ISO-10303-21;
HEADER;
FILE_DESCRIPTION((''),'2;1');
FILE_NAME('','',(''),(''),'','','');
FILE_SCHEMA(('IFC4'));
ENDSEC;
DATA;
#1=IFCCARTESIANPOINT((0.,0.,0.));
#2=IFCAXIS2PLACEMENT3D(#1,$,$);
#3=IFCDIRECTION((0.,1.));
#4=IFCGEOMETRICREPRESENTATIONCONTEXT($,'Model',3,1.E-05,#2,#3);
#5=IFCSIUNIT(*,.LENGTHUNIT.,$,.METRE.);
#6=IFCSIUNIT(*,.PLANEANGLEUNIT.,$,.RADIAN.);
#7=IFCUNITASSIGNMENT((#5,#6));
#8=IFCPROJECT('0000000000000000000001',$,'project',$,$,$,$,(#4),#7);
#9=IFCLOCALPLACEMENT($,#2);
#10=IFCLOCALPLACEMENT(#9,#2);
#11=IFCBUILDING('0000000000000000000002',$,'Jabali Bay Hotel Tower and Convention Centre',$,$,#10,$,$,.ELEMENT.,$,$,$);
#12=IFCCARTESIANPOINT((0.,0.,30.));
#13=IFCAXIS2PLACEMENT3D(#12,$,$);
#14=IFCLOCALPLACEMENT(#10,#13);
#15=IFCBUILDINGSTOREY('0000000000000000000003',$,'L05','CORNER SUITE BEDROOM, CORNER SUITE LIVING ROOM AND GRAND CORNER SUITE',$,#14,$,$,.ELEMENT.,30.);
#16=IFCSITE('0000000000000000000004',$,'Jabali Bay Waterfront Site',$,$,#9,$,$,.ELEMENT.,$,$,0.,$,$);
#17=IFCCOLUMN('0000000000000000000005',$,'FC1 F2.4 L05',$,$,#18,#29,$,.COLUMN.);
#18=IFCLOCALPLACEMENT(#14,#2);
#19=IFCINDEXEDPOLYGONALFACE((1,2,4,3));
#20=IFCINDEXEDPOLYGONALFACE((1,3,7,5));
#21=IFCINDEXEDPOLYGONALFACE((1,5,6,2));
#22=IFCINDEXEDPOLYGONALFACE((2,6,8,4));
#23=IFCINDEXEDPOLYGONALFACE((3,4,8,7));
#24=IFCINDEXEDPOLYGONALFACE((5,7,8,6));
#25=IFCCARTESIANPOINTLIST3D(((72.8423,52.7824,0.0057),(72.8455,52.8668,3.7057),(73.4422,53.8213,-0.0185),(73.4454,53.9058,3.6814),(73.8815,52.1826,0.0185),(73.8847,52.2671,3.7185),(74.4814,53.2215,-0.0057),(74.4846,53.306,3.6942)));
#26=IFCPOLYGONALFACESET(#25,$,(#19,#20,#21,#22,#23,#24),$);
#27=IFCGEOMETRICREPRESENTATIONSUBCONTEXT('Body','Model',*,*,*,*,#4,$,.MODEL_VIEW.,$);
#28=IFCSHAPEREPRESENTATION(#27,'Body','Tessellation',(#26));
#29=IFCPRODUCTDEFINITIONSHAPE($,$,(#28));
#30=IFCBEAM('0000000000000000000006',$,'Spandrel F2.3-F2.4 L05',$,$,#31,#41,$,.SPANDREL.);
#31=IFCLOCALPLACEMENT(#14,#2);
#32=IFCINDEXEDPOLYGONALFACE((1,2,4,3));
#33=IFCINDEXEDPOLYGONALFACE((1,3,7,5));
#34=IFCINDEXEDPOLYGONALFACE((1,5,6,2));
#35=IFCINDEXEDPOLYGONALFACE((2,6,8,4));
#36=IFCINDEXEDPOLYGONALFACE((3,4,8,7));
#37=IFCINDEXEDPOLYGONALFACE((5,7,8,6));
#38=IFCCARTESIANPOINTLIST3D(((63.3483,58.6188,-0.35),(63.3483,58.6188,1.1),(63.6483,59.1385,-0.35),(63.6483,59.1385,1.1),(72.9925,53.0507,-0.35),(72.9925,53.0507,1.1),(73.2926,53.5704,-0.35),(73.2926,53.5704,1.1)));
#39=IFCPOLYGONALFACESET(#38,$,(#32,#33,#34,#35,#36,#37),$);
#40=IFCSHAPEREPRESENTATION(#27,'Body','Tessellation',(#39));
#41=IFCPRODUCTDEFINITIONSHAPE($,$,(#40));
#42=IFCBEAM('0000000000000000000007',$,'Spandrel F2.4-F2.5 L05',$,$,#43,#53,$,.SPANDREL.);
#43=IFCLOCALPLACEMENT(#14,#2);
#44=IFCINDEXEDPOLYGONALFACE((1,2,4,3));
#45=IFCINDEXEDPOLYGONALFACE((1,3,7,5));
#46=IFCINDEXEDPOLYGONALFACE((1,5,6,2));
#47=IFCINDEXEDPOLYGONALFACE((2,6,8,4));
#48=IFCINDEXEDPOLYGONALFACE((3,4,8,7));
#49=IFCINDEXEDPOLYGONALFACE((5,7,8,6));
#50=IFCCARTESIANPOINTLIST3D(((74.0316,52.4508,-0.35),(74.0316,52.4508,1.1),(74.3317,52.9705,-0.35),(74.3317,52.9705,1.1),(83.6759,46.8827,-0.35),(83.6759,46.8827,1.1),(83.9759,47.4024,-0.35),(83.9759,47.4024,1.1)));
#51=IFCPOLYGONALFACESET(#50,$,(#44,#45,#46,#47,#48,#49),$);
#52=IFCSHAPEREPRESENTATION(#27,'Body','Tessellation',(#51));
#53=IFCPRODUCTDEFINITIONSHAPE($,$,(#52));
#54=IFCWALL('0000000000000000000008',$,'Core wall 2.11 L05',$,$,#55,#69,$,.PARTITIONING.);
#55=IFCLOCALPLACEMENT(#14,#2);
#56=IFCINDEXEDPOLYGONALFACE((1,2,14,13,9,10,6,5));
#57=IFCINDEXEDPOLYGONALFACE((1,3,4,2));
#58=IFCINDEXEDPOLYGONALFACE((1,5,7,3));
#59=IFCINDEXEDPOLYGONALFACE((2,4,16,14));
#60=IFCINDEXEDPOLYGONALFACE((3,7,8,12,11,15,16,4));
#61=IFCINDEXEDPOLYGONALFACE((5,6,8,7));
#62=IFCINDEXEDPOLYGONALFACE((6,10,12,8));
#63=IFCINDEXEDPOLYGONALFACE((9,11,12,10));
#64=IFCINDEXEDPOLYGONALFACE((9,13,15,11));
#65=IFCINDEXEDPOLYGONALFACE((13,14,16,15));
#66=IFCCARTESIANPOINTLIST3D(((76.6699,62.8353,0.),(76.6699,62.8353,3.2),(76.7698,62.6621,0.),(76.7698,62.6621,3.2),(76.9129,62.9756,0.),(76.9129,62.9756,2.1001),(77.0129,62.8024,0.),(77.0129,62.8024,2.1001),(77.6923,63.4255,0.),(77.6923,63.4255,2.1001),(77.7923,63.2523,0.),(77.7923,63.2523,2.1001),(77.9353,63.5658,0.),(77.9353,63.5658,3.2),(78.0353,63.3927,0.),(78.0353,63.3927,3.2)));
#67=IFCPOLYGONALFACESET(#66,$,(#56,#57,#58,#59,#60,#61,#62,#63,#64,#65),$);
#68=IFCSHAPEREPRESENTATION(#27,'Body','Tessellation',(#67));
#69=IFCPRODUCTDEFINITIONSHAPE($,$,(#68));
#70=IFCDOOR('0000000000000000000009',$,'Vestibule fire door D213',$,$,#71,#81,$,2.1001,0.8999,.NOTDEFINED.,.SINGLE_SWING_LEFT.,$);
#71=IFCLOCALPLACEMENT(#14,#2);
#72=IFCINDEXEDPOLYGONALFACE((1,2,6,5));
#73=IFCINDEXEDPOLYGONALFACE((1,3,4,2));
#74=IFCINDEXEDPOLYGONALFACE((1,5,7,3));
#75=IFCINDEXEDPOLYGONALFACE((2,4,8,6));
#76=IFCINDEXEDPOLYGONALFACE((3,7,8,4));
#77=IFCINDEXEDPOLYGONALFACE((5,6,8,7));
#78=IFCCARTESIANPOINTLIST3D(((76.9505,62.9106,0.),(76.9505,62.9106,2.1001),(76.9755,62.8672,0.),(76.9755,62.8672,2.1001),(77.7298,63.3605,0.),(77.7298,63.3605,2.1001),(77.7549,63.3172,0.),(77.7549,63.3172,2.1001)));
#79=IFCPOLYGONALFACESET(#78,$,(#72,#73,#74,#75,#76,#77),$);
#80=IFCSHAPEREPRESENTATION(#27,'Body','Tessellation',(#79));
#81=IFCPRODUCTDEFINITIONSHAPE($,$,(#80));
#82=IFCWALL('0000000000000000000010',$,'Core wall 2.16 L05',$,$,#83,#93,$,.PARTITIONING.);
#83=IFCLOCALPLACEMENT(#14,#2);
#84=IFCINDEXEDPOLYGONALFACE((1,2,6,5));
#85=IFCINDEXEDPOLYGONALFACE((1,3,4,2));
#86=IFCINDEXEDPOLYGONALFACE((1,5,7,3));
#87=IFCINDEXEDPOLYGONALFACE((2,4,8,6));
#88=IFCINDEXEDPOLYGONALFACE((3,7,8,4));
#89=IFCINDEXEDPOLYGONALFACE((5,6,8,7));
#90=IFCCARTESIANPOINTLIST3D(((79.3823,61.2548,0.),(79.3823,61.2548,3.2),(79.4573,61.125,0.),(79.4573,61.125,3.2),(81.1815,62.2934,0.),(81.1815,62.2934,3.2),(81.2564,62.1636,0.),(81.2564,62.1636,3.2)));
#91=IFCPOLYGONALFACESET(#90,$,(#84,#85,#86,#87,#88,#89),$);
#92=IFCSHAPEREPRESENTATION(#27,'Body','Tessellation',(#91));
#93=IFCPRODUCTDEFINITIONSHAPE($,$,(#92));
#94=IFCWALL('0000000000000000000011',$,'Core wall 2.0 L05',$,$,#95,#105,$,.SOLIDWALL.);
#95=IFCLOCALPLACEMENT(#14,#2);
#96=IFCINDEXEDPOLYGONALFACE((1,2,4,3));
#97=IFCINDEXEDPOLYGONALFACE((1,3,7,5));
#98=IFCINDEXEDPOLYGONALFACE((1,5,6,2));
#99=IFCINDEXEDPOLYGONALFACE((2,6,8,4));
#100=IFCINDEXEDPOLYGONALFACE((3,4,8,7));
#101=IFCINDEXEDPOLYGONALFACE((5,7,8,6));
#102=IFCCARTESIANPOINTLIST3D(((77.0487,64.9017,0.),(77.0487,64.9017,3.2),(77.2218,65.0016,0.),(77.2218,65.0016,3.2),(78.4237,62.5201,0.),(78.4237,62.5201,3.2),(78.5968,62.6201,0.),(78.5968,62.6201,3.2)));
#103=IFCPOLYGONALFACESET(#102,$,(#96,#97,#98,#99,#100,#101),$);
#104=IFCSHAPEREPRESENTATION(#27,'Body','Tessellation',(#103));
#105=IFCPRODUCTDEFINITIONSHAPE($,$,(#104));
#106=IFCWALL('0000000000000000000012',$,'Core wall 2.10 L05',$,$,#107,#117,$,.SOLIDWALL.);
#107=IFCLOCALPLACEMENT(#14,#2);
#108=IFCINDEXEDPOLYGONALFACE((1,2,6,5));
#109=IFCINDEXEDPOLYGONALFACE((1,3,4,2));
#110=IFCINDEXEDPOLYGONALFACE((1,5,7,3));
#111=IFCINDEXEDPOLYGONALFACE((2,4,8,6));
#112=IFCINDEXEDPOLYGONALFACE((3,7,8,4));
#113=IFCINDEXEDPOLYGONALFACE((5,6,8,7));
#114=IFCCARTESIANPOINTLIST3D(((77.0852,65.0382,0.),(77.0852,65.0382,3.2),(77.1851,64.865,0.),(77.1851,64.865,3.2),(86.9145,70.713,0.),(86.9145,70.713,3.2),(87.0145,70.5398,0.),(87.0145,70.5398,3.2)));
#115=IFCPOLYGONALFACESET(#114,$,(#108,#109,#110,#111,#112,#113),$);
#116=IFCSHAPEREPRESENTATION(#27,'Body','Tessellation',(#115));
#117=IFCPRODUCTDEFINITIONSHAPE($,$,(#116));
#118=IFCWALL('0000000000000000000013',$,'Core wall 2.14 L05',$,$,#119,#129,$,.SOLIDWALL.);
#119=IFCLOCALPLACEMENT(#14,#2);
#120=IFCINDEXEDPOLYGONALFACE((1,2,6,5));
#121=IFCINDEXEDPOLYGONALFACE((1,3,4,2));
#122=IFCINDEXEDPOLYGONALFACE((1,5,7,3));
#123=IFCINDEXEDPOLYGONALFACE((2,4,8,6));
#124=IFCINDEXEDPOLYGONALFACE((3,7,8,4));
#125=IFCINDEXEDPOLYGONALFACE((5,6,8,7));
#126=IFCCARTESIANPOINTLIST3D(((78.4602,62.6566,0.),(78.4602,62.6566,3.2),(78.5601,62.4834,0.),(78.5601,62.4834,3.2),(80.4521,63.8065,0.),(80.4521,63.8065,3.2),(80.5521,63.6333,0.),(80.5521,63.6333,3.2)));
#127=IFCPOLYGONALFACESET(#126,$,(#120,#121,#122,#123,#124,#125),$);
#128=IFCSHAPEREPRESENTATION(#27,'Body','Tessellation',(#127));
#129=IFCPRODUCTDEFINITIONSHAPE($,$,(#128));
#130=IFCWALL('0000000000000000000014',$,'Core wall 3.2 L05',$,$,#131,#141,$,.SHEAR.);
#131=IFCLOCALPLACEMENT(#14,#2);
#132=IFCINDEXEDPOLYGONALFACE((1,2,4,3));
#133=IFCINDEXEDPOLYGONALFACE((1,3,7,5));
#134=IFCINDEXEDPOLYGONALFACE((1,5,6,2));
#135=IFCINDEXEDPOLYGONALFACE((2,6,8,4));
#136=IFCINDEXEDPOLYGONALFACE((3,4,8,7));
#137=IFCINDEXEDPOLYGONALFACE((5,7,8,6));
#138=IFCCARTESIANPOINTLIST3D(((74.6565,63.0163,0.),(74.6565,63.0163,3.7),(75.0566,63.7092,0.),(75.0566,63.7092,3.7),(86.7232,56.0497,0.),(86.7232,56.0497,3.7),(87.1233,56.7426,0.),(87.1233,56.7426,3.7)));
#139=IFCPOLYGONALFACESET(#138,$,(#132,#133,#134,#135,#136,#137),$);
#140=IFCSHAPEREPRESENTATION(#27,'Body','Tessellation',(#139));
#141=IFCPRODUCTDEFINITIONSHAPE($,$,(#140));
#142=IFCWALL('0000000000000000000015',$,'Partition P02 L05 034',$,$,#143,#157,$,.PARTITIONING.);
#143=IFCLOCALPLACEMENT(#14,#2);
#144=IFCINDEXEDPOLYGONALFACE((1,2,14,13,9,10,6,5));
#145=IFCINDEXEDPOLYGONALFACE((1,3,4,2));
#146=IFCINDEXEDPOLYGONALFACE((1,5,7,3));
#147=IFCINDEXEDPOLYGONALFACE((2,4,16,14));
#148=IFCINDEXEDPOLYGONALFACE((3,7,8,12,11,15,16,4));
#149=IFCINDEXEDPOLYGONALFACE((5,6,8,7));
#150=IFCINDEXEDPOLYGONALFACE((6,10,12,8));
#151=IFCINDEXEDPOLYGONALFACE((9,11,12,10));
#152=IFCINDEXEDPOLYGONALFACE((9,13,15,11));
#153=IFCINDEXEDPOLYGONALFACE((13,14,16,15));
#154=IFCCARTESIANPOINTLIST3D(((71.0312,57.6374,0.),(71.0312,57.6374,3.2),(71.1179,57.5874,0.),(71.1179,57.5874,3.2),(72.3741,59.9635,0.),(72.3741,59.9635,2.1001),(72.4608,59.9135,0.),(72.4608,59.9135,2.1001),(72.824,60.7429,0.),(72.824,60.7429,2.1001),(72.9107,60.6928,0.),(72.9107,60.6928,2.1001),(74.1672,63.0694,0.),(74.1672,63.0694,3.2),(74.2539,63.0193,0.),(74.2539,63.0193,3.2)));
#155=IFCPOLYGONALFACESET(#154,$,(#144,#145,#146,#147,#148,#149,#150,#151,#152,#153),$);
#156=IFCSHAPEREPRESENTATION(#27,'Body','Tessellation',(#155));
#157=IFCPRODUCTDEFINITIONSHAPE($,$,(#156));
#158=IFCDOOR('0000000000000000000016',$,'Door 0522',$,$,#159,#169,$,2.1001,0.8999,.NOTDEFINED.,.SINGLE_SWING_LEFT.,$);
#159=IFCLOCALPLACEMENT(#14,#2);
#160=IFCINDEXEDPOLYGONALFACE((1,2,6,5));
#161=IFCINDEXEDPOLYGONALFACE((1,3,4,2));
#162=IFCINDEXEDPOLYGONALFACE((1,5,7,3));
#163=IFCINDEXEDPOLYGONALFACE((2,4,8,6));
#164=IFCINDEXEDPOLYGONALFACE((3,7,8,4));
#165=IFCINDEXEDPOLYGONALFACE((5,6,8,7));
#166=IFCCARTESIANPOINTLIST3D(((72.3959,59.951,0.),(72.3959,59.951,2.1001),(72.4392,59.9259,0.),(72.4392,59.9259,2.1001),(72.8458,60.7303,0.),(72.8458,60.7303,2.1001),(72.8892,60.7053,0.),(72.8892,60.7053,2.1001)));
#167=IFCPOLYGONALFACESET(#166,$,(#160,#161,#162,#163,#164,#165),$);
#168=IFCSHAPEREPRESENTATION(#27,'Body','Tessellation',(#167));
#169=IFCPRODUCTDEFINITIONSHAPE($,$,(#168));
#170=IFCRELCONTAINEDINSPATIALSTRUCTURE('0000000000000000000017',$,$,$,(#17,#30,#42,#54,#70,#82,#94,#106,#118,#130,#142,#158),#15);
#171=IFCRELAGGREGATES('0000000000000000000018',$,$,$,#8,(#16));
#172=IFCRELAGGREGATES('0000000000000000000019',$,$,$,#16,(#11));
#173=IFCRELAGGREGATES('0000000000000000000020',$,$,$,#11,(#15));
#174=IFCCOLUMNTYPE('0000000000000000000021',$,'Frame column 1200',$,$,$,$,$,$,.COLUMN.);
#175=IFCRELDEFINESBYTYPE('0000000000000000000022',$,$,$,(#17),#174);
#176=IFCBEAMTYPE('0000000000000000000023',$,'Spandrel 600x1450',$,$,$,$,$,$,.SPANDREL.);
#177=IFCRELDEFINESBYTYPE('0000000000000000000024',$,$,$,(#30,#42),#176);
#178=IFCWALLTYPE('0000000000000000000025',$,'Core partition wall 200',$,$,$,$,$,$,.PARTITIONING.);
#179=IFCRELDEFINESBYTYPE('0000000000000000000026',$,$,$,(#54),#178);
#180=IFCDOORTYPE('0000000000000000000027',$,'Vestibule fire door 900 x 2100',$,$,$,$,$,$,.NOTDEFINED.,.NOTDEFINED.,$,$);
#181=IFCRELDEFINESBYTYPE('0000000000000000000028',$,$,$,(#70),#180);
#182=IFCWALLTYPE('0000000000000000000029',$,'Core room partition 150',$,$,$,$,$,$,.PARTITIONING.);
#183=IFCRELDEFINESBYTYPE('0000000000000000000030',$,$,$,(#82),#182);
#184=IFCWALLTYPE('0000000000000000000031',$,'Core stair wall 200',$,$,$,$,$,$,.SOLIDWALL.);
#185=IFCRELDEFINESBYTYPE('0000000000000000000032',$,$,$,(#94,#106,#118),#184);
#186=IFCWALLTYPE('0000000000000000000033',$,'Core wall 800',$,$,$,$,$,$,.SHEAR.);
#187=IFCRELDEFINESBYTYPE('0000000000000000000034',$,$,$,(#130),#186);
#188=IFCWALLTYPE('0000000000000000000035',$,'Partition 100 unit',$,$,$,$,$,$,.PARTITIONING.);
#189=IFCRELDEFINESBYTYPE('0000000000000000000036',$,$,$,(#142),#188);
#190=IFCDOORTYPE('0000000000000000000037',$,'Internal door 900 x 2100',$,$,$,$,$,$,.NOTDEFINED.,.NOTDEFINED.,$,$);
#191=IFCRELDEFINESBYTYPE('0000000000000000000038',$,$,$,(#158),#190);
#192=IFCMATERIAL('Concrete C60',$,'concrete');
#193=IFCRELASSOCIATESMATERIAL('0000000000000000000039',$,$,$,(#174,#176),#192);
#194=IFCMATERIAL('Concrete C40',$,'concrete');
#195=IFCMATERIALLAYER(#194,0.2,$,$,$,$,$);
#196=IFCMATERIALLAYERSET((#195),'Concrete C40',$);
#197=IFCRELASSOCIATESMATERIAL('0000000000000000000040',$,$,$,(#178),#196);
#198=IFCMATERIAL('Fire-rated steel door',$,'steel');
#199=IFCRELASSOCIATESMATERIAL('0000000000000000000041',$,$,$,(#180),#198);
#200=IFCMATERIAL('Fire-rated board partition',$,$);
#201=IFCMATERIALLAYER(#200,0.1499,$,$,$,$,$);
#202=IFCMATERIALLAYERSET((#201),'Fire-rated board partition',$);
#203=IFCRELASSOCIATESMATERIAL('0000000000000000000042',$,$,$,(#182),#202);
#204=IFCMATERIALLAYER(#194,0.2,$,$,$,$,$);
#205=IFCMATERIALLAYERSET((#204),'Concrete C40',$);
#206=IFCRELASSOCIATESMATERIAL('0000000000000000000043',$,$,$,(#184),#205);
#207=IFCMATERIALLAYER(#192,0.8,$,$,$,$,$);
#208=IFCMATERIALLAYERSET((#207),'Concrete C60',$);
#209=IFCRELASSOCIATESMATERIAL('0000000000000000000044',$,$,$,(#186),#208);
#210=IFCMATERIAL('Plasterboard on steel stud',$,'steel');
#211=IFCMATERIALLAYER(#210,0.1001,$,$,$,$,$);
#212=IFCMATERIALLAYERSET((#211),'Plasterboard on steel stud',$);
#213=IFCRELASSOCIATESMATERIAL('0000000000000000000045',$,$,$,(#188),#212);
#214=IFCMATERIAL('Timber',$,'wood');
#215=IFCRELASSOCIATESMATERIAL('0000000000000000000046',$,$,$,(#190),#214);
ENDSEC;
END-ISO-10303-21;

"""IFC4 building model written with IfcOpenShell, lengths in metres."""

from ifc_helpers import new_model, si_unit, direction, frame, frame_2d, origin, origin_2d, place, context, subcontext, project, spatial, rectangle, extrude, material, layer, layer_set, material_profile, profile_set, type_object, element, fill, save


model = new_model("IFC4")

# Units and contexts
model_context = context("Model", 3, precision=1e-05, world=origin(), true_north=direction((0.0, 1.0)))
body_context = subcontext(model_context, "Body", "Model", "MODEL_VIEW")
ifc_project = project(units=[si_unit("LENGTHUNIT", "METRE"), si_unit("PLANEANGLEUNIT", "RADIAN")], contexts=[model_context])

# Site, building, storey
site_placement = place(None, origin())
site = spatial("IfcSite", under=ifc_project, at=site_placement, Name="Jabali Bay Waterfront Site", CompositionType="ELEMENT", RefElevation=0.0)
building_placement = place(site_placement, origin())
building = spatial("IfcBuilding", under=site, at=building_placement, Name="Jabali Bay Hotel Tower and Convention Centre", CompositionType="ELEMENT")
storey_placement = place(building_placement, frame((0.0, 0.0, 30.0)))
storey = spatial("IfcBuildingStorey", under=building, at=storey_placement, Name="L05", Description="CORNER SUITE BEDROOM, CORNER SUITE LIVING ROOM AND GRAND CORNER SUITE", CompositionType="ELEMENT", Elevation=30.0)

# Column
ifc_material_1 = material(Name="Concrete C60", Category="concrete")
ifc_material_profile_1 = material_profile(ifc_material_1, rectangle(XDim=1.2, YDim=1.2, at=origin_2d()), Name="Frame column 1200")
ifc_profile_set_1 = profile_set([ifc_material_profile_1], Name="Concrete C60")
column_type = type_object("IfcColumnType", Name="Frame column 1200", PredefinedType="COLUMN", material=ifc_profile_set_1)
column_placement = place(storey_placement, frame((73.6619, 53.002, 0.0), z_axis=(0.000858, 0.022825, 0.999739), x_axis=(-0.499939, -0.865825, 0.020196)))
element("IfcColumn", 1, at=column_placement, inside=storey, type_object=column_type, Name="FC1 F2.4 L05", PredefinedType="COLUMN", context=body_context, shape_type="SweptSolid", body=[
    extrude(rectangle(XDim=1.2, YDim=1.2, at=origin_2d()), origin(), (0.0, 0.0, 1.0), 3.7009),
])

# Beams
ifc_material_profile_2 = material_profile(ifc_material_1, rectangle(XDim=0.6001, YDim=1.45, at=origin_2d()), Name="Spandrel 600x1450")
ifc_profile_set_2 = profile_set([ifc_material_profile_2], Name="Concrete C60")
beam_type = type_object("IfcBeamType", Name="Spandrel 600x1450", PredefinedType="SPANDREL", material=ifc_profile_set_2)
for number, where, z_axis, x_axis, name in (
    (2, (63.4983, 58.8787, 0.375), (0.866026, -0.499999, 0.0), (0.499999, 0.866026, 0.0), "Spandrel F2.3-F2.4 L05"),
    (3, (74.1816, 52.7107, 0.375), (0.866026, -0.499999, 0.0), (0.499999, 0.866026, 0.0), "Spandrel F2.4-F2.5 L05"),
):
    element("IfcBeam", number, at=place(storey_placement, frame(where, z_axis=z_axis, x_axis=x_axis)), inside=storey, type_object=beam_type, Name=name, PredefinedType="SPANDREL", context=body_context, shape_type="SweptSolid", body=[
        extrude(rectangle(XDim=0.6001, YDim=1.45, at=origin_2d()), origin(), (0.0, 0.0, 1.0), 11.1362),
    ])

# Wall, opening, door
ifc_material_2 = material(Name="Concrete C40", Category="concrete")
ifc_layer_1 = layer(ifc_material_2, 0.2)
ifc_layer_set_1 = layer_set([ifc_layer_1], Name="Concrete C40")
wall_type_1 = type_object("IfcWallType", Name="Core partition wall 200", PredefinedType="PARTITIONING", material=ifc_layer_set_1)
wall_1_placement = place(storey_placement, frame((76.72, 62.7488, 0.0), z_axis=(0.0, 0.0, 1.0), x_axis=(0.866055, 0.499949, 0.0)))
wall_1 = element("IfcWall", 4, at=wall_1_placement, inside=storey, type_object=wall_type_1, Name="Core wall 2.11 L05", PredefinedType="PARTITIONING", context=body_context, shape_type="SweptSolid", body=[
    extrude(rectangle(XDim=1.4612, YDim=0.2, at=frame_2d((0.7305, 0.0))), origin(), (0.0, 0.0, 1.0), 3.2),
])
opening_1_placement = place(wall_1_placement, frame((0.2805, 0.0, 0.0)))
opening_1 = element("IfcOpeningElement", 5, at=opening_1_placement, cuts=wall_1, PredefinedType="OPENING", context=body_context, shape_type="SweptSolid", body=[
    extrude(rectangle(XDim=0.8999, YDim=2.1001, at=frame_2d((0.45, 1.05))), frame((0.0, 0.1104, 0.0), z_axis=(0.0, -1.0, 0.0), x_axis=(1.0, 0.0, 0.0)), (0.0, 0.0, 1.0), 0.2209),
])
ifc_material_3 = material(Name="Fire-rated steel door", Category="steel")
door_type_1 = type_object("IfcDoorType", Name="Vestibule fire door 900 x 2100", OperationType="NOTDEFINED", PredefinedType="NOTDEFINED", material=ifc_material_3)
door_1_placement = place(opening_1_placement, origin())
door_1 = element("IfcDoor", 6, at=door_1_placement, inside=storey, type_object=door_type_1, Name="Vestibule fire door D213", OperationType="SINGLE_SWING_LEFT", OverallHeight=2.1001, OverallWidth=0.8999, PredefinedType="NOTDEFINED", context=body_context, shape_type="SweptSolid", body=[
    extrude(rectangle(XDim=0.8999, YDim=2.1001, at=frame_2d((0.45, 1.05))), frame((0.0, 0.0249, 0.0), z_axis=(0.0, -1.0, 0.0), x_axis=(1.0, 0.0, 0.0)), (0.0, 0.0, 1.0), 0.05),
])
fill(opening_1, door_1)

# Walls
ifc_material_4 = material(Name="Fire-rated board partition")
ifc_layer_2 = layer(ifc_material_4, 0.1499)
ifc_layer_set_2 = layer_set([ifc_layer_2], Name="Fire-rated board partition")
wall_type_2 = type_object("IfcWallType", Name="Core room partition 150", PredefinedType="PARTITIONING", material=ifc_layer_set_2)
wall_2_placement = place(storey_placement, frame((79.4199, 61.1899, 0.0), z_axis=(0.0, 0.0, 1.0), x_axis=(0.866051, 0.499956, 0.0)))
element("IfcWall", 7, at=wall_2_placement, inside=storey, type_object=wall_type_2, Name="Core wall 2.16 L05", PredefinedType="PARTITIONING", context=body_context, shape_type="SweptSolid", body=[
    extrude(rectangle(XDim=2.0774, YDim=0.1499, at=frame_2d((1.0386, 0.0))), origin(), (0.0, 0.0, 1.0), 3.2),
])
ifc_layer_3 = layer(ifc_material_2, 0.2)
ifc_layer_set_3 = layer_set([ifc_layer_3], Name="Concrete C40")
wall_type_3 = type_object("IfcWallType", Name="Core stair wall 200", PredefinedType="SOLIDWALL", material=ifc_layer_set_3)
wall_3_placement = place(storey_placement, frame((77.1353, 64.9517, 0.0), z_axis=(0.0, 0.0, 1.0), x_axis=(0.499997, -0.866027, 0.0)))
element("IfcWall", 8, at=wall_3_placement, inside=storey, type_object=wall_type_3, Name="Core wall 2.0 L05", PredefinedType="SOLIDWALL", context=body_context, shape_type="SweptSolid", body=[
    extrude(rectangle(XDim=2.75, YDim=0.2, at=frame_2d((1.375, 0.0))), origin(), (0.0, 0.0, 1.0), 3.2),
])
wall_4_placement = place(storey_placement, frame((77.1353, 64.9517, 0.0), z_axis=(0.0, 0.0, 1.0), x_axis=(0.866032, 0.499989, 0.0)))
element("IfcWall", 9, at=wall_4_placement, inside=storey, type_object=wall_type_3, Name="Core wall 2.10 L05", PredefinedType="SOLIDWALL", context=body_context, shape_type="SweptSolid", body=[
    extrude(rectangle(XDim=11.3499, YDim=0.2, at=frame_2d((5.6748, 0.0))), origin(), (0.0, 0.0, 1.0), 3.2),
])
wall_5_placement = place(storey_placement, frame((78.5103, 62.5701, 0.0), z_axis=(0.0, 0.0, 1.0), x_axis=(0.866053, 0.499952, 0.0)))
element("IfcWall", 10, at=wall_5_placement, inside=storey, type_object=wall_type_3, Name="Core wall 2.14 L05", PredefinedType="SOLIDWALL", context=body_context, shape_type="SweptSolid", body=[
    extrude(rectangle(XDim=2.3, YDim=0.2, at=frame_2d((1.1499, 0.0))), origin(), (0.0, 0.0, 1.0), 3.2),
])
ifc_layer_4 = layer(ifc_material_1, 0.8)
ifc_layer_set_4 = layer_set([ifc_layer_4], Name="Concrete C60")
wall_type_4 = type_object("IfcWallType", Name="Core wall 800", PredefinedType="SHEAR", material=ifc_layer_set_4)
wall_6_placement = place(storey_placement, frame((74.8564, 63.3628, 0.0), z_axis=(0.0, 0.0, 1.0), x_axis=(0.866029, -0.499993, 0.0)))
element("IfcWall", 11, at=wall_6_placement, inside=storey, type_object=wall_type_4, Name="Core wall 3.2 L05", PredefinedType="SHEAR", context=body_context, shape_type="SweptSolid", body=[
    extrude(rectangle(XDim=13.9333, YDim=0.8, at=frame_2d((6.9668, 0.0))), origin(), (0.0, 0.0, 1.0), 3.7),
])

# Wall, opening, door
ifc_material_5 = material(Name="Plasterboard on steel stud", Category="steel")
ifc_layer_5 = layer(ifc_material_5, 0.1001)
ifc_layer_set_5 = layer_set([ifc_layer_5], Name="Plasterboard on steel stud")
wall_type_5 = type_object("IfcWallType", Name="Partition 100 unit", PredefinedType="PARTITIONING", material=ifc_layer_set_5)
wall_7_placement = place(storey_placement, frame((71.0745, 57.6123, 0.0), z_axis=(0.0, 0.0, 1.0), x_axis=(0.499986, 0.866033, 0.0)))
wall_7 = element("IfcWall", 12, at=wall_7_placement, inside=storey, type_object=wall_type_5, Name="Partition P02 L05 034", PredefinedType="PARTITIONING", context=body_context, shape_type="SweptSolid", body=[
    extrude(rectangle(XDim=6.2722, YDim=0.1001, at=frame_2d((3.1362, 0.0))), origin(), (0.0, 0.0, 1.0), 3.2),
])
opening_2_placement = place(wall_7_placement, frame((2.686, 0.0, 0.0)))
opening_2 = element("IfcOpeningElement", 13, at=opening_2_placement, cuts=wall_7, PredefinedType="OPENING", context=body_context, shape_type="SweptSolid", body=[
    extrude(rectangle(XDim=0.8999, YDim=2.1001, at=frame_2d((0.45, 1.05))), frame((0.0, 0.0605, 0.0), z_axis=(0.0, -1.0, 0.0), x_axis=(1.0, 0.0, 0.0)), (0.0, 0.0, 1.0), 0.1211),
])
ifc_material_6 = material(Name="Timber", Category="wood")
door_type_2 = type_object("IfcDoorType", Name="Internal door 900 x 2100", OperationType="NOTDEFINED", PredefinedType="NOTDEFINED", material=ifc_material_6)
door_2_placement = place(opening_2_placement, origin())
door_2 = element("IfcDoor", 14, at=door_2_placement, inside=storey, type_object=door_type_2, Name="Door 0522", OperationType="SINGLE_SWING_LEFT", OverallHeight=2.1001, OverallWidth=0.8999, PredefinedType="NOTDEFINED", context=body_context, shape_type="SweptSolid", body=[
    extrude(rectangle(XDim=0.8999, YDim=2.1001, at=frame_2d((0.45, 1.05))), frame((0.0, 0.0249, 0.0), z_axis=(0.0, -1.0, 0.0), x_axis=(1.0, 0.0, 0.0)), (0.0, 0.0, 1.0), 0.05),
])
fill(opening_2, door_2)

save(model, "model.ifc")
